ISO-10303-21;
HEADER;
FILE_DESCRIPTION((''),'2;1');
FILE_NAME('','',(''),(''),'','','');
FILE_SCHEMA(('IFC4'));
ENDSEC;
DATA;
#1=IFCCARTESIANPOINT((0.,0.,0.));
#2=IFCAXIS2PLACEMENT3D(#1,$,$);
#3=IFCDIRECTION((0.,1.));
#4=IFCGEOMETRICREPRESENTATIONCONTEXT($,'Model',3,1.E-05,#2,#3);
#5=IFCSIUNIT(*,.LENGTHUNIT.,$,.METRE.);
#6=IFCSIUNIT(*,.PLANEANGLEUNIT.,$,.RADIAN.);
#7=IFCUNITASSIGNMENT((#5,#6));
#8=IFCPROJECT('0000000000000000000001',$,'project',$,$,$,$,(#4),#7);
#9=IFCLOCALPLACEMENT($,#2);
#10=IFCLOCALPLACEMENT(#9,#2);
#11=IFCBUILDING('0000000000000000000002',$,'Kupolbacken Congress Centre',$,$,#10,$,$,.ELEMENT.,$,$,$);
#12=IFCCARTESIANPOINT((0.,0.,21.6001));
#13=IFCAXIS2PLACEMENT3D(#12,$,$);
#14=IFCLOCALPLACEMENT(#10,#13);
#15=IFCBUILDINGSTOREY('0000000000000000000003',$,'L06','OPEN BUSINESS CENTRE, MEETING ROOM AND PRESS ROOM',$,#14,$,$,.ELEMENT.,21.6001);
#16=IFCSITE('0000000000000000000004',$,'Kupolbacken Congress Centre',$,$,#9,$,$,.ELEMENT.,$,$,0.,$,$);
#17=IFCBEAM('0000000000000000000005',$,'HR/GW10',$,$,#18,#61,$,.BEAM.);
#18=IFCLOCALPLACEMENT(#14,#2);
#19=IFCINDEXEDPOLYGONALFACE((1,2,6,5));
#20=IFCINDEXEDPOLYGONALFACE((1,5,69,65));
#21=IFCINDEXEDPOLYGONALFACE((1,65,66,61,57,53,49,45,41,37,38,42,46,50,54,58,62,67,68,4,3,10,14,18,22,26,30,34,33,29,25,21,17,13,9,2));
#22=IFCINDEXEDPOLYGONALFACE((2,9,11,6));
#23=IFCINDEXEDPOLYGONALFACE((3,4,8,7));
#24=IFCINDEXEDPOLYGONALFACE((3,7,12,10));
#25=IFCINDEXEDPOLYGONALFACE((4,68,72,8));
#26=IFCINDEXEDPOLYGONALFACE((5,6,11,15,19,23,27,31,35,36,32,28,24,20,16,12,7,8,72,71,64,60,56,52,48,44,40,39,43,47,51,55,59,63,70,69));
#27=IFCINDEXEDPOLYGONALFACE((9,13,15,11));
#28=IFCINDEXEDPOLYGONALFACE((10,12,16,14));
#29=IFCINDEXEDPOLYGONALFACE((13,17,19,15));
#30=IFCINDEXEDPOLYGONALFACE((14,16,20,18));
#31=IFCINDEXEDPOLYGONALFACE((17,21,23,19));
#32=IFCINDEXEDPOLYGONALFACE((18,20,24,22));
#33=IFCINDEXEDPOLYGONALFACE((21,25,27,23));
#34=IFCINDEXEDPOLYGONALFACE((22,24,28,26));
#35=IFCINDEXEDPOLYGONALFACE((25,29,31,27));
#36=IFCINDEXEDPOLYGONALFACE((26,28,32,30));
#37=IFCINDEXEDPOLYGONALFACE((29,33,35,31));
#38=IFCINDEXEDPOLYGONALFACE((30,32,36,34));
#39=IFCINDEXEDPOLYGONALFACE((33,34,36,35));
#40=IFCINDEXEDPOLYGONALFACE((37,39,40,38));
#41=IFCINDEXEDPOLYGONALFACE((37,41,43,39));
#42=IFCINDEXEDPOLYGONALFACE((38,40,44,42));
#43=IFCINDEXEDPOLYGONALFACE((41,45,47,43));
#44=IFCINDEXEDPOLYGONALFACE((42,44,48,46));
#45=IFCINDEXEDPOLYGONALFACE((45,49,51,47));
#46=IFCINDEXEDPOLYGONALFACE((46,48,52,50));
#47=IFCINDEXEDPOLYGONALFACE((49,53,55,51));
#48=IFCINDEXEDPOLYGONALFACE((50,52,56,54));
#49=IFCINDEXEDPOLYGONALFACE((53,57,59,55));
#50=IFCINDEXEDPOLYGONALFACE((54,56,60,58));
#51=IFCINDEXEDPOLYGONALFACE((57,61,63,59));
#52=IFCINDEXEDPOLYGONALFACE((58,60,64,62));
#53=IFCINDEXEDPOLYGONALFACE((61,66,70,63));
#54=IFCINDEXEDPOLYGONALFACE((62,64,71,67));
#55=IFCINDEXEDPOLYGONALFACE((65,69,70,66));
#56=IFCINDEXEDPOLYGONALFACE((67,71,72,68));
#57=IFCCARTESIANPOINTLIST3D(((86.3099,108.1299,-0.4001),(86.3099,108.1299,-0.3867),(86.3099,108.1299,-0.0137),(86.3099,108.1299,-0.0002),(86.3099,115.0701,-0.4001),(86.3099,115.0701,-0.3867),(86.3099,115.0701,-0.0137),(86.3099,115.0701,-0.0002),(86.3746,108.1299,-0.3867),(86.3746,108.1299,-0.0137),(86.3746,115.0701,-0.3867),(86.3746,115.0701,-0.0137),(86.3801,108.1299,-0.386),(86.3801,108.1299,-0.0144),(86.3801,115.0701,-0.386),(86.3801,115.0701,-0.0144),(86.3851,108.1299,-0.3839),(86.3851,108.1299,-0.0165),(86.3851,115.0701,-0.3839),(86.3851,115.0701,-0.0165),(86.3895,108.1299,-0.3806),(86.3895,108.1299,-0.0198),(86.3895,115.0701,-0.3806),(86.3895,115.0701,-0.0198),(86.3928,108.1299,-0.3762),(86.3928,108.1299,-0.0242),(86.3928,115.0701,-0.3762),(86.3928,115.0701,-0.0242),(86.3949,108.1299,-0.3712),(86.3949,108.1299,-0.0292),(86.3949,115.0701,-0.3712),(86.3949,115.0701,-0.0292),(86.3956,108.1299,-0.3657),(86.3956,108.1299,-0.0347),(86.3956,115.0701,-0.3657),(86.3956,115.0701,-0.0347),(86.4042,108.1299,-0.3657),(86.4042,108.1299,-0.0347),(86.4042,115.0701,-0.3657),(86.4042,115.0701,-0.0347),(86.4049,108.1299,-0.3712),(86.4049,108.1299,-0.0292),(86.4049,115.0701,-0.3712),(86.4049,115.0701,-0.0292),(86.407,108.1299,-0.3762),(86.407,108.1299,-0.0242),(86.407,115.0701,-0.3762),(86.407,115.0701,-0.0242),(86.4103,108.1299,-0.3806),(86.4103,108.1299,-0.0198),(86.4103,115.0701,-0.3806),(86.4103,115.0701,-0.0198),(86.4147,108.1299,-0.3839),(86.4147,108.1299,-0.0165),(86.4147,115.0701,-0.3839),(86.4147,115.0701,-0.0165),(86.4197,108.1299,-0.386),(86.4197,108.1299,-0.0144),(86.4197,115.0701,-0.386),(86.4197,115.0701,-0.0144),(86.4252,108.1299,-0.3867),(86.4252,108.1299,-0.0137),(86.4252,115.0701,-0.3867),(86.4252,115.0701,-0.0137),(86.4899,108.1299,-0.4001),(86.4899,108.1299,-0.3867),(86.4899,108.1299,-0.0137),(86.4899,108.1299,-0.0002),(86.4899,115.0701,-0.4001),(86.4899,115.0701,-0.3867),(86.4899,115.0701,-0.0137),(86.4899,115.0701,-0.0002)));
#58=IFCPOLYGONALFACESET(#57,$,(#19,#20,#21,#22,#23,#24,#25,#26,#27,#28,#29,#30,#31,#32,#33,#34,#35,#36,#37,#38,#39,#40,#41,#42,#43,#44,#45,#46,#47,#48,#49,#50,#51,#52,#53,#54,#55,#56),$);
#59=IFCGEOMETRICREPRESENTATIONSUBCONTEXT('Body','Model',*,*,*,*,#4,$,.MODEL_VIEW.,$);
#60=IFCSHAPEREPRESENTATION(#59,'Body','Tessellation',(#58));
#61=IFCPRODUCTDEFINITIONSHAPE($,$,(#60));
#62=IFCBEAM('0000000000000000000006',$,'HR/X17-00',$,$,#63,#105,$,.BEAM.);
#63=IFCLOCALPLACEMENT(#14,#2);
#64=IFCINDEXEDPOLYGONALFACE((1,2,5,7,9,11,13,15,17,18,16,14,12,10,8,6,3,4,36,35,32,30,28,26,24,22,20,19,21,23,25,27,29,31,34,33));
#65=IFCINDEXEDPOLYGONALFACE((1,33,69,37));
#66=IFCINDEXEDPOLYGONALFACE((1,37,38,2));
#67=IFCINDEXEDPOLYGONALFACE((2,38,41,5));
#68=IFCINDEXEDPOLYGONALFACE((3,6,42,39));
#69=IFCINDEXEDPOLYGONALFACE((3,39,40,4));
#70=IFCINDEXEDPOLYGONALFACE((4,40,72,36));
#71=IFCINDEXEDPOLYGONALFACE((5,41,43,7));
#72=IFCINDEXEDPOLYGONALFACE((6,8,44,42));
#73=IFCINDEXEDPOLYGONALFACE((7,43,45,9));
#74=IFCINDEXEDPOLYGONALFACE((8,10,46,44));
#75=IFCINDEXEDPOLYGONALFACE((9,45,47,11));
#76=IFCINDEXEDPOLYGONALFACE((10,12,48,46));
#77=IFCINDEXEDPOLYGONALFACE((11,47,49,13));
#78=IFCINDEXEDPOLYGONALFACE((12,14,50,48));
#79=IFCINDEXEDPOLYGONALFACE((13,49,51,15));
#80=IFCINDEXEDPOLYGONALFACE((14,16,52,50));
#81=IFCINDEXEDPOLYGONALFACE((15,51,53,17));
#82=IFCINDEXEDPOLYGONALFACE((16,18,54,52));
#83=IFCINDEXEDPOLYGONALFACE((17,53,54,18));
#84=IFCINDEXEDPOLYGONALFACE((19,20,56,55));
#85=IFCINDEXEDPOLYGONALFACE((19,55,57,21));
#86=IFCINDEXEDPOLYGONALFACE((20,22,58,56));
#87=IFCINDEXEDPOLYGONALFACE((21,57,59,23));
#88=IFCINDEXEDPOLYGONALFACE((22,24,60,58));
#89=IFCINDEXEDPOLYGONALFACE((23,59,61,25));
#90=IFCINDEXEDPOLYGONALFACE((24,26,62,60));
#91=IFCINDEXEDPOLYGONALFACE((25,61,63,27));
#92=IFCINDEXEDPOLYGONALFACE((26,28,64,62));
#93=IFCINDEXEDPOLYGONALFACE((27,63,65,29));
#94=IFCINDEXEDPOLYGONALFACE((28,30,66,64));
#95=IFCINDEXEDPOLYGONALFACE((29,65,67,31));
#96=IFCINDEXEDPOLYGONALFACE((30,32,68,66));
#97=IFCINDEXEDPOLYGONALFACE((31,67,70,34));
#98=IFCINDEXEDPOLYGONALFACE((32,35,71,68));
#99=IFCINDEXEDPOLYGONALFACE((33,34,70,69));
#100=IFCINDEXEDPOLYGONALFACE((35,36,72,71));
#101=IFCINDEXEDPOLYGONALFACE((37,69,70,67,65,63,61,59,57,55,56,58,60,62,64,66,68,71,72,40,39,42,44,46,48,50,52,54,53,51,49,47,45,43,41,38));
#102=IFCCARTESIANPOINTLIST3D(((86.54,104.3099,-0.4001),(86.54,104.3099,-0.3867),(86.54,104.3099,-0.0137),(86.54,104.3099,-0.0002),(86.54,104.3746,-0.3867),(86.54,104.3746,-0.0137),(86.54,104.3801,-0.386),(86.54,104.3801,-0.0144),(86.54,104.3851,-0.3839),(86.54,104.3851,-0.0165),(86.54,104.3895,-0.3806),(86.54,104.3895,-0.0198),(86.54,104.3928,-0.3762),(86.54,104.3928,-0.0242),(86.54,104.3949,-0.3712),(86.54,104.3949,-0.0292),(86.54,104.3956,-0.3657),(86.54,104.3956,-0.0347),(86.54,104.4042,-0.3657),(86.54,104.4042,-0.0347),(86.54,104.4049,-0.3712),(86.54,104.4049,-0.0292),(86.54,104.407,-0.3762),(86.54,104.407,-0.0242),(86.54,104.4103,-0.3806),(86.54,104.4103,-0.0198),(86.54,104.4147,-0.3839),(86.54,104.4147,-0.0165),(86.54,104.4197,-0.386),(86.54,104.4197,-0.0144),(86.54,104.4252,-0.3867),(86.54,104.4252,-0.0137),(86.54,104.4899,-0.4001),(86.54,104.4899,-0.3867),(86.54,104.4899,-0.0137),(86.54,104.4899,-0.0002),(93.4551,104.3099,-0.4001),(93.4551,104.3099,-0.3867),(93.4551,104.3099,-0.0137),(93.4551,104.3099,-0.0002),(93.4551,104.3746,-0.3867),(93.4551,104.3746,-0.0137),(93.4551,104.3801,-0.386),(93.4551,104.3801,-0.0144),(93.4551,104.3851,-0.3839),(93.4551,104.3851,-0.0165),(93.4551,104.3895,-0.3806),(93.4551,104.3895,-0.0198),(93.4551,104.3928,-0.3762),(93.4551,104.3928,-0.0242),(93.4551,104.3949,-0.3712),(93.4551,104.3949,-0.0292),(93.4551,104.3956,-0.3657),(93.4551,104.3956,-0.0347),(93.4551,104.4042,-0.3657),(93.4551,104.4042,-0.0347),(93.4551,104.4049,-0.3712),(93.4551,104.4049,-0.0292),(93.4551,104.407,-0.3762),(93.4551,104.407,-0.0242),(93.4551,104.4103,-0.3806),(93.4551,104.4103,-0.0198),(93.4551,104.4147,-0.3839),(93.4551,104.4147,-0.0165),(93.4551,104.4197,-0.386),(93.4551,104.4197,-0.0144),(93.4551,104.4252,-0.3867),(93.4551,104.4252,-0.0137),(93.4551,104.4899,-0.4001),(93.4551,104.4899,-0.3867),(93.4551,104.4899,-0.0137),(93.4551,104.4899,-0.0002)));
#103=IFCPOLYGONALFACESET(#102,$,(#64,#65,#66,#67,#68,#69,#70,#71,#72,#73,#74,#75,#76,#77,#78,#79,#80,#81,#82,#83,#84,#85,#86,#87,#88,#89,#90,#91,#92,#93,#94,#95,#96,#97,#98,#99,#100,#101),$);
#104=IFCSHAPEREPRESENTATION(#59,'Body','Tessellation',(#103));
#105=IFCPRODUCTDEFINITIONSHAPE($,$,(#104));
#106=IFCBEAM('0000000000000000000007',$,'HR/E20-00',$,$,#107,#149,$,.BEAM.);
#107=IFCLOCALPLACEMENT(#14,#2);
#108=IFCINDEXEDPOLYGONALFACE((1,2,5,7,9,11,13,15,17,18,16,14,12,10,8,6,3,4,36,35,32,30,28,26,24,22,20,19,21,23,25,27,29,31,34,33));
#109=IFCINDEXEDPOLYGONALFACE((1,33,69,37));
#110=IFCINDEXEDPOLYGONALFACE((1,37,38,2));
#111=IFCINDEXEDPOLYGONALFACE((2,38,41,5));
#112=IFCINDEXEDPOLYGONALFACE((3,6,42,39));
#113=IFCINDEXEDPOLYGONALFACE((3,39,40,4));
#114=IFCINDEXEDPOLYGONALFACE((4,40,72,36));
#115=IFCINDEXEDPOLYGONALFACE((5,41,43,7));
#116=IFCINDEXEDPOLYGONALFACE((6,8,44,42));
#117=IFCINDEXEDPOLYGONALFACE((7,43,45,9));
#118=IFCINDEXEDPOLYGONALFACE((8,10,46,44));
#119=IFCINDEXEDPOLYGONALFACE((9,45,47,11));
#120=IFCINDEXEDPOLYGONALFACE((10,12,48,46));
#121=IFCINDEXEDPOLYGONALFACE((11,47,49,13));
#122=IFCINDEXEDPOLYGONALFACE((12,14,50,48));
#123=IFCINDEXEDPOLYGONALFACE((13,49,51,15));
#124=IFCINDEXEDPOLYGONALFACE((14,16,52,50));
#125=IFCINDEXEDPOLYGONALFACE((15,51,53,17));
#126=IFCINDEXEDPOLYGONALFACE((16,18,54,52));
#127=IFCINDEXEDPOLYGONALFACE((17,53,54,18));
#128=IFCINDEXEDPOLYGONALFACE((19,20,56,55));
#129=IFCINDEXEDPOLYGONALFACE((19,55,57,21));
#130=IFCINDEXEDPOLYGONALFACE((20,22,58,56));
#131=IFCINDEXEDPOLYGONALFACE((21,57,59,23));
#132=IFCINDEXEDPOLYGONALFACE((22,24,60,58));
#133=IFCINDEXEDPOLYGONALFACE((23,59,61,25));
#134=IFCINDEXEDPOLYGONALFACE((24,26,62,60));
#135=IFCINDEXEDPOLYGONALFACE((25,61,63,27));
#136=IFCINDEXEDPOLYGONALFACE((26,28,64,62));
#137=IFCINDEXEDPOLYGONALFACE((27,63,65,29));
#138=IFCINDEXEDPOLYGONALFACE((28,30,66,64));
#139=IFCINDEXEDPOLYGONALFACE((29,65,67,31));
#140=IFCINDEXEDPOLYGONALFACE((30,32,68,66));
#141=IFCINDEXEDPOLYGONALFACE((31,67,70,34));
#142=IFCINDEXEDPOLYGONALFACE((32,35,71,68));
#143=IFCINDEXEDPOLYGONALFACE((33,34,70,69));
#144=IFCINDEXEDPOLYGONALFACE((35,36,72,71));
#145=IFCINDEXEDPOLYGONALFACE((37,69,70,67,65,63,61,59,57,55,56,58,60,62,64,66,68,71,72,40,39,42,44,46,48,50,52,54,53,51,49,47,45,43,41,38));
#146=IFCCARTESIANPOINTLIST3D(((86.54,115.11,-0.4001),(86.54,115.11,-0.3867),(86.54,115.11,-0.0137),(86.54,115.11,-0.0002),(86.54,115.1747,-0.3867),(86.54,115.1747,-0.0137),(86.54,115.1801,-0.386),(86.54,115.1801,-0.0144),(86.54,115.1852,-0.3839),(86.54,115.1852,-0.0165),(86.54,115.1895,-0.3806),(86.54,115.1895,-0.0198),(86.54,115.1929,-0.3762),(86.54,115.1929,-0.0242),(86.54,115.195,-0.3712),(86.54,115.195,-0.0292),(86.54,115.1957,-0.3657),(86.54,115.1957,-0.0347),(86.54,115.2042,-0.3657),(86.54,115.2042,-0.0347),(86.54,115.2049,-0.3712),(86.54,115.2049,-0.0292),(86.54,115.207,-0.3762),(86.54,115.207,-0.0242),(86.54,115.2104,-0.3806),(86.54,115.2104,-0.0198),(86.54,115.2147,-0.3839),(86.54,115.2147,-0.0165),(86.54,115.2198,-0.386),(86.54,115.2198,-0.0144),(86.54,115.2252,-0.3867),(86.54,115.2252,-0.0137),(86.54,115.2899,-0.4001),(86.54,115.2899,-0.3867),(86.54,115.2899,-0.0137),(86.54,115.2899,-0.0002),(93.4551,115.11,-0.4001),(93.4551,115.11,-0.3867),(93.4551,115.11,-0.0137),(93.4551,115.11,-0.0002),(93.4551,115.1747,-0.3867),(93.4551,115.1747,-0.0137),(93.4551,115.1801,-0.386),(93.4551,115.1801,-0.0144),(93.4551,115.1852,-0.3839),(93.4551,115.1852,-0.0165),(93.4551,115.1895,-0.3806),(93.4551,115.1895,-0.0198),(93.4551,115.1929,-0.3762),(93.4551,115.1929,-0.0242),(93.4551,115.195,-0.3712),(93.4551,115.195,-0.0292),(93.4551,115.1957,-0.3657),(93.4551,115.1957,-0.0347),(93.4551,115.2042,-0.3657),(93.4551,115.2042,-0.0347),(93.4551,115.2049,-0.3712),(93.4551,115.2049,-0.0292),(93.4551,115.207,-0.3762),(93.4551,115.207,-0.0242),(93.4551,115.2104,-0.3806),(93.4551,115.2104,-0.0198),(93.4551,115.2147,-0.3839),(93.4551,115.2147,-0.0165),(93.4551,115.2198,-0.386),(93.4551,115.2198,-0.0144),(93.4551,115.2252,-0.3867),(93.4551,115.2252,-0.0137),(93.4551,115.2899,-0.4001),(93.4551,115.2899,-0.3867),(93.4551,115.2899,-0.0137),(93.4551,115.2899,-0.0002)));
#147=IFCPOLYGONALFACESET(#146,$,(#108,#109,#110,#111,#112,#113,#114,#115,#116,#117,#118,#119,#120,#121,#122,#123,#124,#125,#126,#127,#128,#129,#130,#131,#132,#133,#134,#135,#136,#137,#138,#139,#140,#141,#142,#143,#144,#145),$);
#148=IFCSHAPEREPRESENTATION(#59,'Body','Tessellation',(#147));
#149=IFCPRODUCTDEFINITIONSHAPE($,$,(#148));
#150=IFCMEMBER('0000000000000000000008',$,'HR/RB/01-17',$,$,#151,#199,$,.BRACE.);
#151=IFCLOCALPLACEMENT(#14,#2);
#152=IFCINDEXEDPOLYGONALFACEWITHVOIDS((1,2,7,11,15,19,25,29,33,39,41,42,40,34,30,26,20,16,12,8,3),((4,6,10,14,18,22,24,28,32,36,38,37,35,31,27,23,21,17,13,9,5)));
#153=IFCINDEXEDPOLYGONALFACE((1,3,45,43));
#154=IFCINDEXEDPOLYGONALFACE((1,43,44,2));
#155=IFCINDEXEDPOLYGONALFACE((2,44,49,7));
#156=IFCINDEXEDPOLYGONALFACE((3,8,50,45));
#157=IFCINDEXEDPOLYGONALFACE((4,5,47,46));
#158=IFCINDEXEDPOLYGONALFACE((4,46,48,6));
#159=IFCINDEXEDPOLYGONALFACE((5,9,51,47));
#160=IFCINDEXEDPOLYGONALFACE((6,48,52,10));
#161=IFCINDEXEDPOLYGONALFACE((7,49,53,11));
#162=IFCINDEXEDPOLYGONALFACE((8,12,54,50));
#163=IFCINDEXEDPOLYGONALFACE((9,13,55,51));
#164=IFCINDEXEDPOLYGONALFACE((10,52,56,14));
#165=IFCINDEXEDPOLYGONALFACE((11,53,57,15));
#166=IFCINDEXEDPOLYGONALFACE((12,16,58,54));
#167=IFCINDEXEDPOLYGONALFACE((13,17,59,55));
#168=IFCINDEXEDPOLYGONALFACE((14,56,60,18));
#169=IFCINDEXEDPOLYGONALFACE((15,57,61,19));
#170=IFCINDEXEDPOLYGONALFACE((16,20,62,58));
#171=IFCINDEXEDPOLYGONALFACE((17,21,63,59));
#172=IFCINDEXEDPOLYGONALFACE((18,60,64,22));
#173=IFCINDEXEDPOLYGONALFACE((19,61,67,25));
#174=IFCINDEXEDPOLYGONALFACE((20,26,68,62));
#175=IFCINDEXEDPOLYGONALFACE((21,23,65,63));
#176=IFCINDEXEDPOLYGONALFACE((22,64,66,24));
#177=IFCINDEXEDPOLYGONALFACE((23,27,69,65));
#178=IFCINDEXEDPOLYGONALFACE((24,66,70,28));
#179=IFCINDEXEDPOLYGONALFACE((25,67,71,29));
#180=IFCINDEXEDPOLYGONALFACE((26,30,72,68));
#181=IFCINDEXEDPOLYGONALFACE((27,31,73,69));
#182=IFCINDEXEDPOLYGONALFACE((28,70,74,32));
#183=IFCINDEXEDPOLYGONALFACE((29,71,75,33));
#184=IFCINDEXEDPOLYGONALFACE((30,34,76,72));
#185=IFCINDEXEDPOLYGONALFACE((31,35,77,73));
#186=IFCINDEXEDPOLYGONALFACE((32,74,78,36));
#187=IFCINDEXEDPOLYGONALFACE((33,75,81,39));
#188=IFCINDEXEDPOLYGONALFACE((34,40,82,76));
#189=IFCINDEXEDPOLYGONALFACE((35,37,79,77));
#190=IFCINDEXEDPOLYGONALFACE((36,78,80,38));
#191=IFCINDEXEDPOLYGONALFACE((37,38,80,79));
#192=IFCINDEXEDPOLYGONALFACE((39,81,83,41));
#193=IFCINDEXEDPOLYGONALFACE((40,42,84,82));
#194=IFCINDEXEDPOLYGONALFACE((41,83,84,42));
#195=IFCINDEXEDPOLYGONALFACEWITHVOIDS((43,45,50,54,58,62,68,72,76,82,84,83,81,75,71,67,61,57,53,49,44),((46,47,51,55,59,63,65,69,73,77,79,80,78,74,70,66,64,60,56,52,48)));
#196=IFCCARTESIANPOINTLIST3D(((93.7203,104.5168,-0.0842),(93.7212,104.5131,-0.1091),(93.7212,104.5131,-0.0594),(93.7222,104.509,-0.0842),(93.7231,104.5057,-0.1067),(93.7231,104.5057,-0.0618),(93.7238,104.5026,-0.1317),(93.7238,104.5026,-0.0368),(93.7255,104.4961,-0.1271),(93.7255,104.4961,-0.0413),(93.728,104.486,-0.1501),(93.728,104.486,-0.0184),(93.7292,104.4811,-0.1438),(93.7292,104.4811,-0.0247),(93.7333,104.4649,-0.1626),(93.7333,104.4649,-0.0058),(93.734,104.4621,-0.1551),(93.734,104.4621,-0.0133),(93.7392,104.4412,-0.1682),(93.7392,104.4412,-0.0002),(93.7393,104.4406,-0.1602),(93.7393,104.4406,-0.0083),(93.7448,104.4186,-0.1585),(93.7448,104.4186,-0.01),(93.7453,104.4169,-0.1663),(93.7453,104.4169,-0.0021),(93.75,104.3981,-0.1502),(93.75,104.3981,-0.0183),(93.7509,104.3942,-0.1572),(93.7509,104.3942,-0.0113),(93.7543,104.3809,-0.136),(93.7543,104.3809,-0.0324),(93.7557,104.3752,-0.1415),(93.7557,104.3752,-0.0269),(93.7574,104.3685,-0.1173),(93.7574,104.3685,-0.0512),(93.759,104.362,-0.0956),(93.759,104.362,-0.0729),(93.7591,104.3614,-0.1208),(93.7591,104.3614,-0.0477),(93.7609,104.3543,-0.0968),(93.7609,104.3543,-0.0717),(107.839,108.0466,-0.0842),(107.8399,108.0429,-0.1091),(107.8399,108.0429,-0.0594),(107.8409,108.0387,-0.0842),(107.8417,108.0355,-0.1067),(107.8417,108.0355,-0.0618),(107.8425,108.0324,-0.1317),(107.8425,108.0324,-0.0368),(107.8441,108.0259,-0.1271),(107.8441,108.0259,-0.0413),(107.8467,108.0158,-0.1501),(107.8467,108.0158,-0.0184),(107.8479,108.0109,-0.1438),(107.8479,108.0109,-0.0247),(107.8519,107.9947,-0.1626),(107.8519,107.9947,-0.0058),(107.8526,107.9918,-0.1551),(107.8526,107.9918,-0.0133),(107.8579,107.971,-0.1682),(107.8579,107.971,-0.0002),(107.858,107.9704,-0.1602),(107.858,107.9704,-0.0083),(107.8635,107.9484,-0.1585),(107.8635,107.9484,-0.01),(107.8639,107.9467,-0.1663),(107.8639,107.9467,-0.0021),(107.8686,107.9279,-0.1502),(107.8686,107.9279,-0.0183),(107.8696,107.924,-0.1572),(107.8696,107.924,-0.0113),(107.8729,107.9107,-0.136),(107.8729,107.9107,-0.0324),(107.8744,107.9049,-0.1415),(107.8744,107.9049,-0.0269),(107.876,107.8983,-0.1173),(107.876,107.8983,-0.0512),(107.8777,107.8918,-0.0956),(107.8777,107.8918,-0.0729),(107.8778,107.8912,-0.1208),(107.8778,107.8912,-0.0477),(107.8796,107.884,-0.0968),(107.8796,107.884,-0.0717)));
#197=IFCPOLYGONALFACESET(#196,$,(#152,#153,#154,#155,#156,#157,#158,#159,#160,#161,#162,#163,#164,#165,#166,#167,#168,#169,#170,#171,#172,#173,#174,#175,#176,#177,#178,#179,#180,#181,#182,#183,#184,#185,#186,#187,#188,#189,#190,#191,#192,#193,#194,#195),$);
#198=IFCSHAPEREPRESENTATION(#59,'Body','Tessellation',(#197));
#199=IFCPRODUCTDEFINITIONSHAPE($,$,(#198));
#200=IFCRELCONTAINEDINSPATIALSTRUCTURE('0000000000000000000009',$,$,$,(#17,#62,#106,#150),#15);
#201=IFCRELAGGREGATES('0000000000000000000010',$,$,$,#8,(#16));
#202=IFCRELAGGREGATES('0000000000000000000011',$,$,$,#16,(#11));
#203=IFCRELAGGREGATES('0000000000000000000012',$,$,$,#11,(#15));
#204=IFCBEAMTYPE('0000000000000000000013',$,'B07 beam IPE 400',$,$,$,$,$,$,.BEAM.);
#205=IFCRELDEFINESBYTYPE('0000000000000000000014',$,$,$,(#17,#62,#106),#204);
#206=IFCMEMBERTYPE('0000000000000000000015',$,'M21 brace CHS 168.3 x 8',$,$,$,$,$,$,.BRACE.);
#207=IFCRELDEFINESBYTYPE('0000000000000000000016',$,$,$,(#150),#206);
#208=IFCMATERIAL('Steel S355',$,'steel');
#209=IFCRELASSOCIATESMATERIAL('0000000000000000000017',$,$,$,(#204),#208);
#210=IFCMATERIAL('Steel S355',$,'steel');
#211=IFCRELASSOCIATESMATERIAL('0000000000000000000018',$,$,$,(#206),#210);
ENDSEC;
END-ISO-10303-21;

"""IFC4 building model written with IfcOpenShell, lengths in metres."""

from ifc_helpers import new_model, si_unit, direction, frame, origin, origin_2d, place, context, subcontext, project, spatial, hollow_circle, i_section, extrude, material, material_profile, profile_set, type_object, element, save


model = new_model("IFC4")

# Units and contexts
model_context = context("Model", 3, precision=1e-05, world=origin(), true_north=direction((0.0, 1.0)))
body_context = subcontext(model_context, "Body", "Model", "MODEL_VIEW")
ifc_project = project(units=[si_unit("LENGTHUNIT", "METRE"), si_unit("PLANEANGLEUNIT", "RADIAN")], contexts=[model_context])

# Site, building, storey
site_placement = place(None, origin())
site = spatial("IfcSite", under=ifc_project, at=site_placement, Name="Kupolbacken Congress Centre", CompositionType="ELEMENT", RefElevation=0.0)
building_placement = place(site_placement, origin())
building = spatial("IfcBuilding", under=site, at=building_placement, Name="Kupolbacken Congress Centre", CompositionType="ELEMENT")
storey_placement = place(building_placement, frame((0.0, 0.0, 21.6001)))
storey = spatial("IfcBuildingStorey", under=building, at=storey_placement, Name="L06", Description="OPEN BUSINESS CENTRE, MEETING ROOM AND PRESS ROOM", CompositionType="ELEMENT", Elevation=21.6001)

# Beams
ifc_material_1 = material(Name="Steel S355", Category="steel")
ifc_material_profile_1 = material_profile(ifc_material_1, i_section(OverallWidth=0.1799, OverallDepth=0.3999, WebThickness=0.0085, FlangeThickness=0.0134, FilletRadius=0.021, at=origin_2d()), Name="IPE 400")
ifc_profile_set_1 = profile_set([ifc_material_profile_1], Name="Steel S355")
beam_type_1 = type_object("IfcBeamType", Name="B07 beam IPE 400", PredefinedType="BEAM", material=ifc_profile_set_1)
for number, where, z_axis, x_axis, name in (
    (1, (86.3999, 108.1299, -0.2002), (0.0, 1.0, 0.0), (-1.0, 0.0, 0.0), "HR/GW10"),
):
    element("IfcBeam", number, at=place(storey_placement, frame(where, z_axis=z_axis, x_axis=x_axis)), inside=storey, type_object=beam_type_1, Name=name, PredefinedType="BEAM", context=body_context, shape_type="SweptSolid", body=[
        extrude(i_section(OverallWidth=0.1799, OverallDepth=0.3999, WebThickness=0.0085, FlangeThickness=0.0134, FilletRadius=0.021, at=origin_2d()), origin(), (0.0, 0.0, 1.0), 6.9402),
    ])
for number, where, z_axis, x_axis, name in (
    (2, (86.54, 104.3999, -0.2002), (1.0, 0.0, 0.0), (0.0, 1.0, 0.0), "HR/X17-00"),
    (3, (86.54, 115.2, -0.2002), (1.0, 0.0, 0.0), (0.0, 1.0, 0.0), "HR/E20-00"),
):
    element("IfcBeam", number, at=place(storey_placement, frame(where, z_axis=z_axis, x_axis=x_axis)), inside=storey, type_object=beam_type_1, Name=name, PredefinedType="BEAM", context=body_context, shape_type="SweptSolid", body=[
        extrude(i_section(OverallWidth=0.1799, OverallDepth=0.3999, WebThickness=0.0085, FlangeThickness=0.0134, FilletRadius=0.021, at=origin_2d()), origin(), (0.0, 0.0, 1.0), 6.915),
    ])

# Member
ifc_material_2 = material(Name="Steel S355", Category="steel")
ifc_material_profile_2 = material_profile(ifc_material_2, hollow_circle(Radius=0.0842, WallThickness=0.0081, at=origin_2d()), Name="CHS 168.3 x 8")
ifc_profile_set_2 = profile_set([ifc_material_profile_2], Name="Steel S355")
member_type_1 = type_object("IfcMemberType", Name="M21 brace CHS 168.3 x 8", PredefinedType="BRACE", material=ifc_profile_set_2)
member_1_placement = place(storey_placement, frame((93.7407, 104.4351, -0.0842), z_axis=(0.970141, 0.242544, 0.0), x_axis=(-0.242544, 0.970141, 0.0)))
element("IfcMember", 4, at=member_1_placement, inside=storey, type_object=member_type_1, Name="HR/RB/01-17", PredefinedType="BRACE", context=body_context, shape_type="SweptSolid", body=[
    extrude(hollow_circle(Radius=0.0842, WallThickness=0.0081, at=origin_2d()), origin(), (0.0, 0.0, 1.0), 14.5532),
])

save(model, "model.ifc")
